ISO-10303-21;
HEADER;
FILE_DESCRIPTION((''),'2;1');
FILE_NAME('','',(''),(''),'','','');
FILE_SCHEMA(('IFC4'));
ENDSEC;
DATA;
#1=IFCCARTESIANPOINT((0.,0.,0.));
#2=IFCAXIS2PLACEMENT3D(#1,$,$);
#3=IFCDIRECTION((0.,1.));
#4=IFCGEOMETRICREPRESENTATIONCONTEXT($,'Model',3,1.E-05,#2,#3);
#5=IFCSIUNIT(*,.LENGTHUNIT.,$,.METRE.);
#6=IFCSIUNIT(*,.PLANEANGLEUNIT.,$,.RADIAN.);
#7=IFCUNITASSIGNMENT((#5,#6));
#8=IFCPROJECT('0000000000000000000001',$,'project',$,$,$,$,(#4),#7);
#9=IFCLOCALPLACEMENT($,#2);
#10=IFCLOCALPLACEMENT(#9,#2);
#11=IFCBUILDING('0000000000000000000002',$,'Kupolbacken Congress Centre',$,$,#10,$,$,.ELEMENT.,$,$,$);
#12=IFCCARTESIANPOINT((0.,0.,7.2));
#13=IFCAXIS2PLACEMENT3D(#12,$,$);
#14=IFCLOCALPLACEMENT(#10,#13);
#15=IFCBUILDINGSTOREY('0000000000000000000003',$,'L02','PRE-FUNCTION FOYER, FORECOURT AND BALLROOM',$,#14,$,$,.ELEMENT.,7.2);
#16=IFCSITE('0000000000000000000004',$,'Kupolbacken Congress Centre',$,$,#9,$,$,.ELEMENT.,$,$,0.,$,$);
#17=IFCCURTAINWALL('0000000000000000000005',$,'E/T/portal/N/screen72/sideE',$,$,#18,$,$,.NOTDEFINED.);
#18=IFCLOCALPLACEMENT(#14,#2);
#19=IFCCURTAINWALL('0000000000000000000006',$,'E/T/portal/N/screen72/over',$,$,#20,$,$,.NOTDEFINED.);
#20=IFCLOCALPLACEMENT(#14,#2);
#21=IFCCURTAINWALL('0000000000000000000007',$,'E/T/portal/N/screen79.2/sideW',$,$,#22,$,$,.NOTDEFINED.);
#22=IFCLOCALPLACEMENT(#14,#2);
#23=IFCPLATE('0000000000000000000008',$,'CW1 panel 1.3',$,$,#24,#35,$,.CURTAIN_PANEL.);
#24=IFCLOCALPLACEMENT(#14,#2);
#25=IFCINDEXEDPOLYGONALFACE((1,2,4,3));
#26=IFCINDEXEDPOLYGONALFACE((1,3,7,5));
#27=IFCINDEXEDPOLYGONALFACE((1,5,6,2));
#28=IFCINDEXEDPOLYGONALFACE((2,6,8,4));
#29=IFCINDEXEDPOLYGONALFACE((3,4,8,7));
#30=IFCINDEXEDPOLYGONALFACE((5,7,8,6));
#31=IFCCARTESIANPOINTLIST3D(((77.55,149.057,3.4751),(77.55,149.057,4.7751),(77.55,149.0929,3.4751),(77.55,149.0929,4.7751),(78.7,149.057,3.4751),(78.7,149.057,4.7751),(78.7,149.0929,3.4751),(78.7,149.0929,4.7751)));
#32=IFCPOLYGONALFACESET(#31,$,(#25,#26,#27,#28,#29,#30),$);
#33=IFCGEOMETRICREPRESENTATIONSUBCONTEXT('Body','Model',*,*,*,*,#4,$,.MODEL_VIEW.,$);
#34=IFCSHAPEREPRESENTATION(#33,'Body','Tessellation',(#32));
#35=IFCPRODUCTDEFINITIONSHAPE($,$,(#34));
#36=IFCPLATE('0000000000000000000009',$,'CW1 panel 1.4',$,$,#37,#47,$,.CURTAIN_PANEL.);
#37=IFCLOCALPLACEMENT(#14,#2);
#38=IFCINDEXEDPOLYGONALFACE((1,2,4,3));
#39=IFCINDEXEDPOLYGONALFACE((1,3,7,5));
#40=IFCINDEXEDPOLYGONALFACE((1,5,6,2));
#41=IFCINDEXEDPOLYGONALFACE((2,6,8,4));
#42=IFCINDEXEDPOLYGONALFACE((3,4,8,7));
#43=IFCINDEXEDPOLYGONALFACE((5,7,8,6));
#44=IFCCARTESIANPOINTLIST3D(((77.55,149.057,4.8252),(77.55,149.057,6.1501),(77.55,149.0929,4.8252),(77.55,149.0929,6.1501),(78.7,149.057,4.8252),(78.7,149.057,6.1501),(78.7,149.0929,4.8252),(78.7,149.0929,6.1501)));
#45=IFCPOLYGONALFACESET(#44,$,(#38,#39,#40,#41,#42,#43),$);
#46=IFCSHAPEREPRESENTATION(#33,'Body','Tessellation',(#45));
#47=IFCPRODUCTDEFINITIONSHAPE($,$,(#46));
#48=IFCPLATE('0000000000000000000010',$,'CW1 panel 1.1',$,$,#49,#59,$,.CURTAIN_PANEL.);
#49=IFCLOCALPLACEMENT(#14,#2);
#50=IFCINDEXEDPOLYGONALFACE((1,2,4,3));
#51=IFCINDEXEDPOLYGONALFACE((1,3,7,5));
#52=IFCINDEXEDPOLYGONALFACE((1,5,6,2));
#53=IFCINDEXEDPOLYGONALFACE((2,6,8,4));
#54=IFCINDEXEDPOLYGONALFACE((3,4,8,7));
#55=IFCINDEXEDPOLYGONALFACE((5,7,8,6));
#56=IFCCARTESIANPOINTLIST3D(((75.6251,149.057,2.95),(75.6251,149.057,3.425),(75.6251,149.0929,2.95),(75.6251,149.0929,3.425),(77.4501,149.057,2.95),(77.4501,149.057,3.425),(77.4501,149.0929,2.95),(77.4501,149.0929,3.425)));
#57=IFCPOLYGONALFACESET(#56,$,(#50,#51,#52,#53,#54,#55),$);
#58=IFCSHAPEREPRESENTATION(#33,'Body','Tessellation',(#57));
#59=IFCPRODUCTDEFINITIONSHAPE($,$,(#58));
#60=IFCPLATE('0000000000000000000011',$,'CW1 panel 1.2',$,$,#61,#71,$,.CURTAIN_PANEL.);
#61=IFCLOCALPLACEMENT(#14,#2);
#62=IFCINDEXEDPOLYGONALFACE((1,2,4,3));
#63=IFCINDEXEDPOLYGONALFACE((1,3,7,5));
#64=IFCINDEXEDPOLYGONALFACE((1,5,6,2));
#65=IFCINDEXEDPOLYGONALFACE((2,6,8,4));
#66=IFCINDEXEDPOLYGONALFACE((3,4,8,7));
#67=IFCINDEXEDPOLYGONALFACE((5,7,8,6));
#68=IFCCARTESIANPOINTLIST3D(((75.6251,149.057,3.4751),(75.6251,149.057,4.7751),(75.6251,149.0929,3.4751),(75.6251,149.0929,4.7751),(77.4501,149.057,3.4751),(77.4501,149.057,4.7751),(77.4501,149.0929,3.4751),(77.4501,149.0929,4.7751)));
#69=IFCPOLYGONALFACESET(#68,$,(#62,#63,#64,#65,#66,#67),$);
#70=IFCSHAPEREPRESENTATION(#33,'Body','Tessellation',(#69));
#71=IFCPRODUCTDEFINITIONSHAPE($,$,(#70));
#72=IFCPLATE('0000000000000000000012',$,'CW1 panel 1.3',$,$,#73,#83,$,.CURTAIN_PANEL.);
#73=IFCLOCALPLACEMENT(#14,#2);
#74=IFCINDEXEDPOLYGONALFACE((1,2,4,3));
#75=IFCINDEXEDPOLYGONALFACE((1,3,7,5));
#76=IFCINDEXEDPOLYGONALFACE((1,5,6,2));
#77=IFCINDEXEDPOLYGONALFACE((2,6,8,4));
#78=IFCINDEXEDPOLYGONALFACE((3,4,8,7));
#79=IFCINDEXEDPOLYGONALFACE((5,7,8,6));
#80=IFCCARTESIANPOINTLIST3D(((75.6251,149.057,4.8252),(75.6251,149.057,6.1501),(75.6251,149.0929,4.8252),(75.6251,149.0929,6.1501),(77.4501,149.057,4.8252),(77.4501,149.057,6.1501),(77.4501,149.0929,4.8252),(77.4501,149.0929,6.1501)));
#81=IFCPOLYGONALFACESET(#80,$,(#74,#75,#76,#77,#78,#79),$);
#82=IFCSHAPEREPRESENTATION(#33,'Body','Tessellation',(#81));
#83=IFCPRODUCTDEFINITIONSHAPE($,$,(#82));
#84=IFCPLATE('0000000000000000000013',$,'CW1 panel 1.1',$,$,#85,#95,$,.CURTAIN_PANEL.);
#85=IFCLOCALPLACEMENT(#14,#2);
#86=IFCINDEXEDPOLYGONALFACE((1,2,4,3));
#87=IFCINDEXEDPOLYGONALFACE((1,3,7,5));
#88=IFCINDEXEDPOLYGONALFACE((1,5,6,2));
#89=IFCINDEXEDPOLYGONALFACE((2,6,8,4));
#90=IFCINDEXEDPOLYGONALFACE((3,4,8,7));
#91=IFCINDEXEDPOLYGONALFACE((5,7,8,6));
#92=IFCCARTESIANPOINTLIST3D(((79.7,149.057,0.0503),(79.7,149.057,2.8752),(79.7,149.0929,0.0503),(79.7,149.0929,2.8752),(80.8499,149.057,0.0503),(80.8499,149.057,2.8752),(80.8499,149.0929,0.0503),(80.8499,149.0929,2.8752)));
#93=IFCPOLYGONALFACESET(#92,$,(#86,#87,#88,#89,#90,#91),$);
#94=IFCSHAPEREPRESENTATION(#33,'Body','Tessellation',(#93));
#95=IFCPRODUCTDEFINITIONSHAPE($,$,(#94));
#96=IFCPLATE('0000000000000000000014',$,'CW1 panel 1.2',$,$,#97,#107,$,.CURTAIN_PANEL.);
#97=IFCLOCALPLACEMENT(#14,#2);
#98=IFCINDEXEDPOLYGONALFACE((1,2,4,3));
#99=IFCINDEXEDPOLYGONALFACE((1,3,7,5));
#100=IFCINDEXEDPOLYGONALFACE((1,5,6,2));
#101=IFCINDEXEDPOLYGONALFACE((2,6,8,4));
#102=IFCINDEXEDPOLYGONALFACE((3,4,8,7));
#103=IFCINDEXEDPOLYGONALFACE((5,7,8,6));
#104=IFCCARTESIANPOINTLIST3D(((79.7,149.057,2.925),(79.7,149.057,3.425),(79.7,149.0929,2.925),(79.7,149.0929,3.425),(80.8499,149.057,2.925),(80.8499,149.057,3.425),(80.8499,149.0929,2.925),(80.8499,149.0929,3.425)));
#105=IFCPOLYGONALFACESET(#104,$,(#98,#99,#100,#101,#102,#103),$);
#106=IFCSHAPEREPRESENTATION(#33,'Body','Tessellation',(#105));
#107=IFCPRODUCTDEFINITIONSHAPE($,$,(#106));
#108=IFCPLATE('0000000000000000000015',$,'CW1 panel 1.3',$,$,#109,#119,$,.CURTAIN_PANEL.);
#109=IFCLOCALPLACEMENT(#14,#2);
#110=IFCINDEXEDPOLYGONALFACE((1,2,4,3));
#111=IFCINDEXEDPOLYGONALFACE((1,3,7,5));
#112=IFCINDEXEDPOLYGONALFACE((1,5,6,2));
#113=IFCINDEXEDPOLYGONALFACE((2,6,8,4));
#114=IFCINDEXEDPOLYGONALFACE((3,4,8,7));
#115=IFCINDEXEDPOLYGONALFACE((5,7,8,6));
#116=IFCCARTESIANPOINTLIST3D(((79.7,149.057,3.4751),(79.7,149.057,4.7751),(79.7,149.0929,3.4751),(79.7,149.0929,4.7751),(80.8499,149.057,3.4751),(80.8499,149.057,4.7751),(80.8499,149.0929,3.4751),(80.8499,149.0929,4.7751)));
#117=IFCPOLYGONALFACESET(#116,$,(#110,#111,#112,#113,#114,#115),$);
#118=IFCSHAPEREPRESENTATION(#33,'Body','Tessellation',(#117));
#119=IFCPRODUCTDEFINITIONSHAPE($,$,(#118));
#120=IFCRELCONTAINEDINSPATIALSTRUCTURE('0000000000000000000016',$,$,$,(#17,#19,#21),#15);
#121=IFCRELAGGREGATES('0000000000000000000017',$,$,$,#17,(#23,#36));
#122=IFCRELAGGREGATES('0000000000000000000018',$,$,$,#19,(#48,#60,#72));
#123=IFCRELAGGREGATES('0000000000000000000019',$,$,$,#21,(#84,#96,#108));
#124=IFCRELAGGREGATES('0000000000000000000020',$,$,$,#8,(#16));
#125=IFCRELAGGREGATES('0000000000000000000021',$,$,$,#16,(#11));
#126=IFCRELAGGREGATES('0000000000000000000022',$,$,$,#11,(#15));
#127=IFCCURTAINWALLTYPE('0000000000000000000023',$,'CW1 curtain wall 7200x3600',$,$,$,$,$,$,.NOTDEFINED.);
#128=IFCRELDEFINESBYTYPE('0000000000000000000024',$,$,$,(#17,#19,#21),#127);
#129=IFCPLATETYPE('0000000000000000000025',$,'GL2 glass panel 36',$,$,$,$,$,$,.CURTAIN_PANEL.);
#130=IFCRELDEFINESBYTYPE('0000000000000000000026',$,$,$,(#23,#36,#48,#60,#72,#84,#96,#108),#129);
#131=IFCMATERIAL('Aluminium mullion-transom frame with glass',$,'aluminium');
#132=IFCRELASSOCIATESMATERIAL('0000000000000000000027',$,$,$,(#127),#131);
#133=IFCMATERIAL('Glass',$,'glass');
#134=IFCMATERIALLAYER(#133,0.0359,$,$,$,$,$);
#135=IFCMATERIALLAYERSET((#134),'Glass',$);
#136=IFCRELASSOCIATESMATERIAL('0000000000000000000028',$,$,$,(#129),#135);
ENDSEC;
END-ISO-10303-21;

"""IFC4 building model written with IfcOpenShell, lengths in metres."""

from ifc_helpers import new_model, si_unit, direction, frame, origin, origin_2d, place, context, subcontext, project, spatial, rectangle, extrude, material, layer, layer_set, type_object, element, aggregate, save


model = new_model("IFC4")

# Units and contexts
model_context = context("Model", 3, precision=1e-05, world=origin(), true_north=direction((0.0, 1.0)))
body_context = subcontext(model_context, "Body", "Model", "MODEL_VIEW")
ifc_project = project(units=[si_unit("LENGTHUNIT", "METRE"), si_unit("PLANEANGLEUNIT", "RADIAN")], contexts=[model_context])

# Site, building, storey
site_placement = place(None, origin())
site = spatial("IfcSite", under=ifc_project, at=site_placement, Name="Kupolbacken Congress Centre", CompositionType="ELEMENT", RefElevation=0.0)
building_placement = place(site_placement, origin())
building = spatial("IfcBuilding", under=site, at=building_placement, Name="Kupolbacken Congress Centre", CompositionType="ELEMENT")
storey_placement = place(building_placement, frame((0.0, 0.0, 7.2)))
storey = spatial("IfcBuildingStorey", under=building, at=storey_placement, Name="L02", Description="PRE-FUNCTION FOYER, FORECOURT AND BALLROOM", CompositionType="ELEMENT", Elevation=7.2)

# Curtain wall
ifc_material_1 = material(Name="Aluminium mullion-transom frame with glass", Category="aluminium")
curtain_wall_type = type_object("IfcCurtainWallType", Name="CW1 curtain wall 7200x3600", PredefinedType="NOTDEFINED", material=ifc_material_1)
curtain_wall_1_placement = place(storey_placement, origin())
curtain_wall_1 = element("IfcCurtainWall", 1, at=curtain_wall_1_placement, inside=storey, type_object=curtain_wall_type, Name="E/T/portal/N/screen72/sideE", PredefinedType="NOTDEFINED")

# Curtain walls
curtain_wall_2_placement = place(storey_placement, origin())
curtain_wall_2 = element("IfcCurtainWall", 2, at=curtain_wall_2_placement, inside=storey, type_object=curtain_wall_type, Name="E/T/portal/N/screen72/over", PredefinedType="NOTDEFINED")
curtain_wall_3_placement = place(storey_placement, origin())
curtain_wall_3 = element("IfcCurtainWall", 3, at=curtain_wall_3_placement, inside=storey, type_object=curtain_wall_type, Name="E/T/portal/N/screen79.2/sideW", PredefinedType="NOTDEFINED")

# Plates
ifc_material_2 = material(Name="Glass", Category="glass")
ifc_layer = layer(ifc_material_2, 0.0359)
ifc_layer_set = layer_set([ifc_layer], Name="Glass")
plate_type = type_object("IfcPlateType", Name="GL2 glass panel 36", PredefinedType="CURTAIN_PANEL", material=ifc_layer_set)
plate_1_placement = place(storey_placement, frame((78.125, 149.075, 3.4751), z_axis=(0.0, 0.0, 1.0), x_axis=(-1.0, 0.0, 0.0)))
plate_1 = element("IfcPlate", 4, at=plate_1_placement, type_object=plate_type, Name="CW1 panel 1.3", PredefinedType="CURTAIN_PANEL", context=body_context, shape_type="SweptSolid", body=[
    extrude(rectangle(XDim=1.1499, YDim=0.0359, at=origin_2d()), origin(), (0.0, 0.0, 1.0), 1.3),
])
plate_2_placement = place(storey_placement, frame((78.125, 149.075, 4.8252), z_axis=(0.0, 0.0, 1.0), x_axis=(-1.0, 0.0, 0.0)))
plate_2 = element("IfcPlate", 5, at=plate_2_placement, type_object=plate_type, Name="CW1 panel 1.4", PredefinedType="CURTAIN_PANEL", context=body_context, shape_type="SweptSolid", body=[
    extrude(rectangle(XDim=1.1499, YDim=0.0359, at=origin_2d()), origin(), (0.0, 0.0, 1.0), 1.325),
])
aggregate(curtain_wall_1, [plate_1, plate_2])
plate_3_placement = place(storey_placement, frame((76.5376, 149.075, 2.95), z_axis=(0.0, 0.0, 1.0), x_axis=(-1.0, 0.0, 0.0)))
plate_3 = element("IfcPlate", 6, at=plate_3_placement, type_object=plate_type, Name="CW1 panel 1.1", PredefinedType="CURTAIN_PANEL", context=body_context, shape_type="SweptSolid", body=[
    extrude(rectangle(XDim=1.825, YDim=0.0359, at=origin_2d()), origin(), (0.0, 0.0, 1.0), 0.4751),
])
plate_4_placement = place(storey_placement, frame((76.5376, 149.075, 3.4751), z_axis=(0.0, 0.0, 1.0), x_axis=(-1.0, 0.0, 0.0)))
plate_4 = element("IfcPlate", 7, at=plate_4_placement, type_object=plate_type, Name="CW1 panel 1.2", PredefinedType="CURTAIN_PANEL", context=body_context, shape_type="SweptSolid", body=[
    extrude(rectangle(XDim=1.825, YDim=0.0359, at=origin_2d()), origin(), (0.0, 0.0, 1.0), 1.3),
])
plate_5_placement = place(storey_placement, frame((76.5376, 149.075, 4.8252), z_axis=(0.0, 0.0, 1.0), x_axis=(-1.0, 0.0, 0.0)))
plate_5 = element("IfcPlate", 8, at=plate_5_placement, type_object=plate_type, Name="CW1 panel 1.3", PredefinedType="CURTAIN_PANEL", context=body_context, shape_type="SweptSolid", body=[
    extrude(rectangle(XDim=1.825, YDim=0.0359, at=origin_2d()), origin(), (0.0, 0.0, 1.0), 1.325),
])
aggregate(curtain_wall_2, [plate_3, plate_4, plate_5])
plate_6_placement = place(storey_placement, frame((80.2749, 149.075, 0.0503), z_axis=(0.0, 0.0, 1.0), x_axis=(-1.0, 0.0, 0.0)))
plate_6 = element("IfcPlate", 9, at=plate_6_placement, type_object=plate_type, Name="CW1 panel 1.1", PredefinedType="CURTAIN_PANEL", context=body_context, shape_type="SweptSolid", body=[
    extrude(rectangle(XDim=1.1499, YDim=0.0359, at=origin_2d()), origin(), (0.0, 0.0, 1.0), 2.825),
])
plate_7_placement = place(storey_placement, frame((80.2749, 149.075, 2.925), z_axis=(0.0, 0.0, 1.0), x_axis=(-1.0, 0.0, 0.0)))
plate_7 = element("IfcPlate", 10, at=plate_7_placement, type_object=plate_type, Name="CW1 panel 1.2", PredefinedType="CURTAIN_PANEL", context=body_context, shape_type="SweptSolid", body=[
    extrude(rectangle(XDim=1.1499, YDim=0.0359, at=origin_2d()), origin(), (0.0, 0.0, 1.0), 0.5),
])
plate_8_placement = place(storey_placement, frame((80.2749, 149.075, 3.4751), z_axis=(0.0, 0.0, 1.0), x_axis=(-1.0, 0.0, 0.0)))
plate_8 = element("IfcPlate", 11, at=plate_8_placement, type_object=plate_type, Name="CW1 panel 1.3", PredefinedType="CURTAIN_PANEL", context=body_context, shape_type="SweptSolid", body=[
    extrude(rectangle(XDim=1.1499, YDim=0.0359, at=origin_2d()), origin(), (0.0, 0.0, 1.0), 1.3),
])
aggregate(curtain_wall_3, [plate_6, plate_7, plate_8])

save(model, "model.ifc")
